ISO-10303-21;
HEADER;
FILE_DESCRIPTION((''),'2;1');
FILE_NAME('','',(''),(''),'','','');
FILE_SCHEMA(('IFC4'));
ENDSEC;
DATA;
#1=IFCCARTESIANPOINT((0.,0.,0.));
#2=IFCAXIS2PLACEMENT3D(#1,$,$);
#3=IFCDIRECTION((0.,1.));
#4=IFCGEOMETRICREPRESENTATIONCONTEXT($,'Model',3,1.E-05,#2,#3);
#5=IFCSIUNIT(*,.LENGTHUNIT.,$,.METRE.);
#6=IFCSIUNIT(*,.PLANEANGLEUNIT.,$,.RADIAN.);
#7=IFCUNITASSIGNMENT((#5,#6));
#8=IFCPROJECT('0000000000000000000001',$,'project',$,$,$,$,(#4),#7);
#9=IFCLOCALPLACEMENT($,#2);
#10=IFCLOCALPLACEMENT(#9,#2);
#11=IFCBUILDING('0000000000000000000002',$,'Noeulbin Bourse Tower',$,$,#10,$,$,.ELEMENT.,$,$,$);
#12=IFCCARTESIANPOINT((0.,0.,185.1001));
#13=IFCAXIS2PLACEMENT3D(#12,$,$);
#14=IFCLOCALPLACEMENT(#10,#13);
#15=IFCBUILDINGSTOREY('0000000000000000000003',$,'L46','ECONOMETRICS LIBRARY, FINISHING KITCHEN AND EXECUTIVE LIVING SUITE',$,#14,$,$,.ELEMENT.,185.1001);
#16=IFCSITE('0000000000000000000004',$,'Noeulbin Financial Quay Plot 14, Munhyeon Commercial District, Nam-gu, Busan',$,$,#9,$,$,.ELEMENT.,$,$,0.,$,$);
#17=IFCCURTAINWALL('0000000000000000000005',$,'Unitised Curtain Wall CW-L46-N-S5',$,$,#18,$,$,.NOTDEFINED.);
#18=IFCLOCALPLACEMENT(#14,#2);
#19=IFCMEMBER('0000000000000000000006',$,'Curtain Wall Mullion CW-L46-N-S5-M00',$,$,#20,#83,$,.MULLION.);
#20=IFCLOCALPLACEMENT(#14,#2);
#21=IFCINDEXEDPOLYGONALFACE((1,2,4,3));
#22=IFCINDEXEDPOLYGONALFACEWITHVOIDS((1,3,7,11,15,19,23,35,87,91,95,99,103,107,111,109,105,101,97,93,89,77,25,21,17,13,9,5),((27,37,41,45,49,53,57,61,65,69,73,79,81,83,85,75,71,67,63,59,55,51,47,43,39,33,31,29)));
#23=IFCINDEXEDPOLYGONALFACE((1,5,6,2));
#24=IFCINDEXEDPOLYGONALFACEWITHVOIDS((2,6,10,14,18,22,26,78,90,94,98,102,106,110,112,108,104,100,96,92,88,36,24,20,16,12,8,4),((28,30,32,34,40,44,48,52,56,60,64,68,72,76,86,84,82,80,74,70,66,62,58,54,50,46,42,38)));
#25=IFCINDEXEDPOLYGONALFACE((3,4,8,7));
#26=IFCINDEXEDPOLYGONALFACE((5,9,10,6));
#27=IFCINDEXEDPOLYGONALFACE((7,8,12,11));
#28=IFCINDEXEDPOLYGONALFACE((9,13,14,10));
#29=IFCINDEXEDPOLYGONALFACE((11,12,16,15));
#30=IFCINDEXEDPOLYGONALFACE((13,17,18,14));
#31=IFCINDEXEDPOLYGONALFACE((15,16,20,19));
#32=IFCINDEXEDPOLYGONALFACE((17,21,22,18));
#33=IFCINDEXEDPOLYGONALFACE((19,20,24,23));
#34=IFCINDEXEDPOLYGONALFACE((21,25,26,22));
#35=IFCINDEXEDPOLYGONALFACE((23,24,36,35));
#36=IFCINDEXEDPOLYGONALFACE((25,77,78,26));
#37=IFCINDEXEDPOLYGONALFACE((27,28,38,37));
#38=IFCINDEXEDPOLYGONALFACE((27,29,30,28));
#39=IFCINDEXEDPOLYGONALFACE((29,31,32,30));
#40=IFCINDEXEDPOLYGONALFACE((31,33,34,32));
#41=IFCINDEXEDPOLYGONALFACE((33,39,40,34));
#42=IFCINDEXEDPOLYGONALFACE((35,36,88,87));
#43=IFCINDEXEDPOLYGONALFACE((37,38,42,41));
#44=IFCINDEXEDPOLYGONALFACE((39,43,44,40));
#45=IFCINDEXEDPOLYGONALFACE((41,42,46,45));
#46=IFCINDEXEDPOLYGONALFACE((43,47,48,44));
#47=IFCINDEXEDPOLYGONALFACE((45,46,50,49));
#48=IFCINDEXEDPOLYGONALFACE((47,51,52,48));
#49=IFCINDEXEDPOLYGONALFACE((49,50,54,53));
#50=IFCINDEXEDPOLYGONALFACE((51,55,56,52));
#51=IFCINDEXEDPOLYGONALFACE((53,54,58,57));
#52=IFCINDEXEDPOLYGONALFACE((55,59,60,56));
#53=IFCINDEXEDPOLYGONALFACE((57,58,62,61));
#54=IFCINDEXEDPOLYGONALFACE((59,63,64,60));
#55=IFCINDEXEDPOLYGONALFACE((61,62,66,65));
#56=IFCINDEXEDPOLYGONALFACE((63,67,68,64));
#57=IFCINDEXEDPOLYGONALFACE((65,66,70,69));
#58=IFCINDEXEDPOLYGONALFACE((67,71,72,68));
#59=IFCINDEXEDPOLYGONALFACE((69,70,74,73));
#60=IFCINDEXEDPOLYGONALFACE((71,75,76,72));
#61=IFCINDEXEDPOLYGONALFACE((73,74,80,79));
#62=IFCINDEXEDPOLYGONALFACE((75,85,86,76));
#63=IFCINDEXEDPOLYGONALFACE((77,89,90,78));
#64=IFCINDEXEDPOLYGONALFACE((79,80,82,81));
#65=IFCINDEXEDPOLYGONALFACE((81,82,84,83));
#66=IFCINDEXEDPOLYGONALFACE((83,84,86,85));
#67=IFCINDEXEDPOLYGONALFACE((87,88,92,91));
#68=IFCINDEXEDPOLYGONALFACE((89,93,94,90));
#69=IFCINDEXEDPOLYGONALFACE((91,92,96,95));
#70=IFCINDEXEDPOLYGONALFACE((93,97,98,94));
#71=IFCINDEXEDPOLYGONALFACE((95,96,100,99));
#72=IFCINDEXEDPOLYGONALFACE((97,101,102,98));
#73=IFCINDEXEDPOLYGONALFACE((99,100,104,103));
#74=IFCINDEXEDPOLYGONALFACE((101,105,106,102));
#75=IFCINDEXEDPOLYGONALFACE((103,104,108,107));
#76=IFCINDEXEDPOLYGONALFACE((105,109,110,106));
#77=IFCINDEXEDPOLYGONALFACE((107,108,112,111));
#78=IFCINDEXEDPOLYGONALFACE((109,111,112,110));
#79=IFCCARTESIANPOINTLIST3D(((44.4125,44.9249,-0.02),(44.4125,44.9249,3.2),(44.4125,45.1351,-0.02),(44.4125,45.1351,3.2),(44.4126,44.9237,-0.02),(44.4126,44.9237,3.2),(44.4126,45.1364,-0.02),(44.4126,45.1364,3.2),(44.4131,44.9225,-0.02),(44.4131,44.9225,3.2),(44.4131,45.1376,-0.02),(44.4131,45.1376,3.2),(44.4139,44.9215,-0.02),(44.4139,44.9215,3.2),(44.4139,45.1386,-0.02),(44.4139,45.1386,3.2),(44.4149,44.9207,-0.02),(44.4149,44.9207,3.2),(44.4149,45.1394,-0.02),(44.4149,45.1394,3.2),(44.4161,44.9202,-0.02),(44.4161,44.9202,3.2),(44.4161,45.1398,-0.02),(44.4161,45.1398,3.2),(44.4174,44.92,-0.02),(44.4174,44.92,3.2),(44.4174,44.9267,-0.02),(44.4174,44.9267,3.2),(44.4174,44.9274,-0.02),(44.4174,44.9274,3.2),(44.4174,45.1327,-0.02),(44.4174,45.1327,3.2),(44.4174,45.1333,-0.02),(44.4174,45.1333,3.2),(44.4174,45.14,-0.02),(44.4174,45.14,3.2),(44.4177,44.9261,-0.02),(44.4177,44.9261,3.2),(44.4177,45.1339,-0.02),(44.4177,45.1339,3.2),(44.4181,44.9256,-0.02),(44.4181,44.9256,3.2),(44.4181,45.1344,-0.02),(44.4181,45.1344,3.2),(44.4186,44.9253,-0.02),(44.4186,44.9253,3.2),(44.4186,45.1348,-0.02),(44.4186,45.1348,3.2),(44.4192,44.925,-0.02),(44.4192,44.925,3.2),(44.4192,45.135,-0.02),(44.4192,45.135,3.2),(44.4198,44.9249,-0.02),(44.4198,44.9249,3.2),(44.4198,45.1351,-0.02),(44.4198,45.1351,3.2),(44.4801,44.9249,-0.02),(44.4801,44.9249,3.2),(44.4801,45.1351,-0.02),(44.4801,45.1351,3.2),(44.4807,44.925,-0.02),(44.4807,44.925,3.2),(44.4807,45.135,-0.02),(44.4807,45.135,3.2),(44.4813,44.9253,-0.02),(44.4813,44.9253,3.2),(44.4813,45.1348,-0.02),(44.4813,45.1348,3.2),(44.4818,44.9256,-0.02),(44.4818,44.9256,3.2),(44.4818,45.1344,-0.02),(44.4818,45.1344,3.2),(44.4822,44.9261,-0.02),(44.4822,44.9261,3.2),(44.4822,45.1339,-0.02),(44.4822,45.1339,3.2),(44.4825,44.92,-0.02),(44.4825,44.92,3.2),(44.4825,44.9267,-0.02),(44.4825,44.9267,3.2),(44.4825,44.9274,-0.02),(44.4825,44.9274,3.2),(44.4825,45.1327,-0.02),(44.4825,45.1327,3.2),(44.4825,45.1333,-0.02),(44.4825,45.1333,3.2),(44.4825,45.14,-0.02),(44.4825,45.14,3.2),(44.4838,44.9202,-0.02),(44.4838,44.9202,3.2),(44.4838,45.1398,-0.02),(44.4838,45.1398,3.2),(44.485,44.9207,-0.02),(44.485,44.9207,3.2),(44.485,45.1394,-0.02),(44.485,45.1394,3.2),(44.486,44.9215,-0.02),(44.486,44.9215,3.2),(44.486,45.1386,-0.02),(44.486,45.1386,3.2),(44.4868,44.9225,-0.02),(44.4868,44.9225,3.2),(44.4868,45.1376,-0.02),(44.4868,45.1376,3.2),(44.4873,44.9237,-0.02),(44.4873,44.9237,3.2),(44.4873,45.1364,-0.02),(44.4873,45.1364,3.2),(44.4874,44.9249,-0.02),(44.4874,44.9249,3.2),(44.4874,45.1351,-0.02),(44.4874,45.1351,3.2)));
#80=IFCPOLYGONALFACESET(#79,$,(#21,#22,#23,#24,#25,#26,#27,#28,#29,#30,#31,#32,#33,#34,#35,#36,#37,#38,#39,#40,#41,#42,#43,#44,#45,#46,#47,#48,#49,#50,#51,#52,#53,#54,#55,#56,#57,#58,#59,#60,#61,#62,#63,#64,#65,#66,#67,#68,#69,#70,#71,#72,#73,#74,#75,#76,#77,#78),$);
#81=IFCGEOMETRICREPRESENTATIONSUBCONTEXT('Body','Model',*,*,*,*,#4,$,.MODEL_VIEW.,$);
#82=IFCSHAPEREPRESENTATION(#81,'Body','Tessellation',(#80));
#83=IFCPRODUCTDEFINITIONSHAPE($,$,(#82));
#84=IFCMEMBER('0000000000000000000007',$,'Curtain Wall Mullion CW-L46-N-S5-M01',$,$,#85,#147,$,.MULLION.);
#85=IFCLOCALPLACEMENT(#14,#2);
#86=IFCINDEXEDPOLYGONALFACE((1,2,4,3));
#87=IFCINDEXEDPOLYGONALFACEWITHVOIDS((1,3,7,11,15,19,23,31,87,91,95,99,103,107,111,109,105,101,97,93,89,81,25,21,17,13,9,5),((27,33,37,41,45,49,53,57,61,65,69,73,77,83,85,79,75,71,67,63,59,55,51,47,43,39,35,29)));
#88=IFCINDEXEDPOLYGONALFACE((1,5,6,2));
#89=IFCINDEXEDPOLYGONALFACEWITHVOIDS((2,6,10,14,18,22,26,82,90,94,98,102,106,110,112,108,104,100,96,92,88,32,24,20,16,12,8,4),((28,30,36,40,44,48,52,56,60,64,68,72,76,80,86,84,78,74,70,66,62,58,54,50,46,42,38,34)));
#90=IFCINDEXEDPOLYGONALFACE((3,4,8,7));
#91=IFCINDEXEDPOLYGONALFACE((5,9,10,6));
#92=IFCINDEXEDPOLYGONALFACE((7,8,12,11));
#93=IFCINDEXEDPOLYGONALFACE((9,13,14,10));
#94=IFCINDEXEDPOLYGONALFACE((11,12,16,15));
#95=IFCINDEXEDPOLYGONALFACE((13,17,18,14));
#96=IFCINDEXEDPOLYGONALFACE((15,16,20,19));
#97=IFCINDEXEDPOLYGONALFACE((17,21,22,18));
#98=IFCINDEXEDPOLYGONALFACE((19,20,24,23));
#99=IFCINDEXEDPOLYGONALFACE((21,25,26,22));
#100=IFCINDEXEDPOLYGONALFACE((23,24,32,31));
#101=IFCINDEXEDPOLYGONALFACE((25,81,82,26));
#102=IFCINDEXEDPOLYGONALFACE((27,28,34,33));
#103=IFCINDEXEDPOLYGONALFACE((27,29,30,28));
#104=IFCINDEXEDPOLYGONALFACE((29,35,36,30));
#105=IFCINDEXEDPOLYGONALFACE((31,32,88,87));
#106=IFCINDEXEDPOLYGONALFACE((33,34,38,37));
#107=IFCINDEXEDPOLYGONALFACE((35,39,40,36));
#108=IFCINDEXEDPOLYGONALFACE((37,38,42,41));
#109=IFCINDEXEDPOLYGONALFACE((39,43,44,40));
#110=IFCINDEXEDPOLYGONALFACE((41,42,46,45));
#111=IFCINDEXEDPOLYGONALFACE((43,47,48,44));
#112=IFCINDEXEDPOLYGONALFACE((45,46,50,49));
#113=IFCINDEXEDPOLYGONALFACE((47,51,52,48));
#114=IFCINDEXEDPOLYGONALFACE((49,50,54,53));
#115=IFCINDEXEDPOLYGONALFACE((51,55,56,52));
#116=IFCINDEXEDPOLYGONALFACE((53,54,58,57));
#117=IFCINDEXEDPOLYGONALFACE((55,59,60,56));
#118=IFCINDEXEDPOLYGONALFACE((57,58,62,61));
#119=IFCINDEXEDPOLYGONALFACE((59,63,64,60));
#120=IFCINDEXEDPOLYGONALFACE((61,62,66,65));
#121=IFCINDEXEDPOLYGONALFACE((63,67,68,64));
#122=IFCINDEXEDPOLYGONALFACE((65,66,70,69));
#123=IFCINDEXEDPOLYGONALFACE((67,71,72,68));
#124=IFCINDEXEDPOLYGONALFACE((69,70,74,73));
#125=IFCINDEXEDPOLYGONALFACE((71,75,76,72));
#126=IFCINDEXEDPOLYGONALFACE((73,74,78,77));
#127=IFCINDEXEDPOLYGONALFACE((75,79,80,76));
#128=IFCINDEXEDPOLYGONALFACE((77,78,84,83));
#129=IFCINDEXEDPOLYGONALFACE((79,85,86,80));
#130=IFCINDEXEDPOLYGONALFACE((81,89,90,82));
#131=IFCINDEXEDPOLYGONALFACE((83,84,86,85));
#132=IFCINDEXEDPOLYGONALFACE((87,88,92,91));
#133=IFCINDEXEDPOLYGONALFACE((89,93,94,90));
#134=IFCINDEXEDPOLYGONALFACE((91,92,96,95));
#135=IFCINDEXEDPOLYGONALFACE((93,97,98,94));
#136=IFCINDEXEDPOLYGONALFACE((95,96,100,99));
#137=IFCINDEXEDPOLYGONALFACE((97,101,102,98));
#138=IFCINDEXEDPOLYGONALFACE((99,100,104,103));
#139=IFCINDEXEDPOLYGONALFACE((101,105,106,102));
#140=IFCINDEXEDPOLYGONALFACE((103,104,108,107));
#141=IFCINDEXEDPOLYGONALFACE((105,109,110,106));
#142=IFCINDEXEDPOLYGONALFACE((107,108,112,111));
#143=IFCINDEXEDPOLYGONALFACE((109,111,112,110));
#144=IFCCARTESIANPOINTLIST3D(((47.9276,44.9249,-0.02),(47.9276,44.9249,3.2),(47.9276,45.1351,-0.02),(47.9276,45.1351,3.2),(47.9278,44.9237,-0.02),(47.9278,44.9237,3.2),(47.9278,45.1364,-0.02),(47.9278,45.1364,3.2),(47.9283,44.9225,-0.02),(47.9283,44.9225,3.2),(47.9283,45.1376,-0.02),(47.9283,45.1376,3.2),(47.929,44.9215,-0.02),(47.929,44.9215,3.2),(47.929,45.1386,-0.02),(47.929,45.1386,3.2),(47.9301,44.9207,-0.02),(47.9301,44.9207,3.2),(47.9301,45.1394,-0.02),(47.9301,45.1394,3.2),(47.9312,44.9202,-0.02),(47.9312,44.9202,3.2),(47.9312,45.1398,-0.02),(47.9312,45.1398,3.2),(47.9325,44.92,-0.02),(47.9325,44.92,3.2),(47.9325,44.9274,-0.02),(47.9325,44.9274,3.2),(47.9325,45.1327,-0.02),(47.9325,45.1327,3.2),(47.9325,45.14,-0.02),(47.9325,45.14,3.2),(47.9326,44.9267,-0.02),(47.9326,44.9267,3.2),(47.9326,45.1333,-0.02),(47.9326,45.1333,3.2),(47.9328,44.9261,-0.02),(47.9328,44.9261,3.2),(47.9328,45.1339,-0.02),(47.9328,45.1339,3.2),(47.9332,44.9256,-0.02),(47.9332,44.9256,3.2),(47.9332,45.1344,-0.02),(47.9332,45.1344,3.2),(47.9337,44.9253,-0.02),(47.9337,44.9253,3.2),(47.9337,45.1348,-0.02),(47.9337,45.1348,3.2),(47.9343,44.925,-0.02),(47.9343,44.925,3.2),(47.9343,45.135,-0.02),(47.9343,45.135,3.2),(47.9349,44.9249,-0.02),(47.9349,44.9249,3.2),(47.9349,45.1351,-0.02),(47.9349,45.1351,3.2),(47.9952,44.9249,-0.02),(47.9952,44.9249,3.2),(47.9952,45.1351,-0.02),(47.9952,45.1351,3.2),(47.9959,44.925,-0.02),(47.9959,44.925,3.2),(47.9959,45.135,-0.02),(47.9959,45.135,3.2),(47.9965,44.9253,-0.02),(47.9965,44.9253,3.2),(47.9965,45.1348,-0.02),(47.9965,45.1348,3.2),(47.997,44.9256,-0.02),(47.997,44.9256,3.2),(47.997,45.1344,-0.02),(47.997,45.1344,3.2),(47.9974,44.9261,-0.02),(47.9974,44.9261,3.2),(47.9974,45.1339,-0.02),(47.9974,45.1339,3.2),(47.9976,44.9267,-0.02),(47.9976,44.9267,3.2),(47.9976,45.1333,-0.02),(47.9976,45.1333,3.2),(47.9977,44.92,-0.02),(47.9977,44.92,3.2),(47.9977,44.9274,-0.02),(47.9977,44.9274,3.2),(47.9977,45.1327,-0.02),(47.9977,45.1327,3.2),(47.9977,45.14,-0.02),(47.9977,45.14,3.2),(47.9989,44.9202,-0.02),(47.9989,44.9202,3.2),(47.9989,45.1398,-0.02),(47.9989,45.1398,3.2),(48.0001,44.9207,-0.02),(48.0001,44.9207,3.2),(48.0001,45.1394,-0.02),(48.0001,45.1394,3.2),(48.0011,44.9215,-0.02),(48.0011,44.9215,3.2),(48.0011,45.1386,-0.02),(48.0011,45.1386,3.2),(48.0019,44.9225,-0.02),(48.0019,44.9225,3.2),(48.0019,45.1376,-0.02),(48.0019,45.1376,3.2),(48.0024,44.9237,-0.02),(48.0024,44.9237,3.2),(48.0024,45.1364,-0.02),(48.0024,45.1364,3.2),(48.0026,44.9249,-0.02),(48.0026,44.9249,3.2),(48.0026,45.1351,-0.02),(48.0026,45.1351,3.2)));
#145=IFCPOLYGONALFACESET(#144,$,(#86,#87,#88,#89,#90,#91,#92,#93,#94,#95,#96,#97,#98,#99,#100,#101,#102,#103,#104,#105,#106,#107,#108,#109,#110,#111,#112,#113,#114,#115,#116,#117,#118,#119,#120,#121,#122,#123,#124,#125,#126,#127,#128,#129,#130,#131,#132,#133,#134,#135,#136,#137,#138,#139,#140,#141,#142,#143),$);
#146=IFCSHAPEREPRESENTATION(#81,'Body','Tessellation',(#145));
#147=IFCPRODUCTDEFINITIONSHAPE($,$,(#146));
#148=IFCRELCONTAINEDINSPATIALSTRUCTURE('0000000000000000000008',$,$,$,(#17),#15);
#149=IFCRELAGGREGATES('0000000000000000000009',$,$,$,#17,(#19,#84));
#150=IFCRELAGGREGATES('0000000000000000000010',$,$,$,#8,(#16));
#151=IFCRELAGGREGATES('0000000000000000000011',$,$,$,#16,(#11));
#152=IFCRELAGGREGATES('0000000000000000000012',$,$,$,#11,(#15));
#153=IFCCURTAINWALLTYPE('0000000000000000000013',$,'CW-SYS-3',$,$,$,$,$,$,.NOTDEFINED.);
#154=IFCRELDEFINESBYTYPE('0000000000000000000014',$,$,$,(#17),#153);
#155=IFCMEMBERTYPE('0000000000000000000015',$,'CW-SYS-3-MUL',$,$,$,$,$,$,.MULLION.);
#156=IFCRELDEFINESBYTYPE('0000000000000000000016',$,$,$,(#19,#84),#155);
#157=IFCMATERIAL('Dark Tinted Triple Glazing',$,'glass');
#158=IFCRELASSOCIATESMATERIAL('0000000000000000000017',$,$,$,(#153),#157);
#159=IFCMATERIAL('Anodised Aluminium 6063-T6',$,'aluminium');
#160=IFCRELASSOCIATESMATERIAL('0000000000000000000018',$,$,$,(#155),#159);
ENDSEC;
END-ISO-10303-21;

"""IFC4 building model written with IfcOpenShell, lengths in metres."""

from ifc_helpers import new_model, si_unit, direction, frame, origin, origin_2d, place, context, subcontext, project, spatial, hollow_rectangle, extrude, material, material_profile, profile_set, type_object, element, aggregate, save


model = new_model("IFC4")

# Units and contexts
model_context = context("Model", 3, precision=1e-05, world=origin(), true_north=direction((0.0, 1.0)))
body_context = subcontext(model_context, "Body", "Model", "MODEL_VIEW")
ifc_project = project(units=[si_unit("LENGTHUNIT", "METRE"), si_unit("PLANEANGLEUNIT", "RADIAN")], contexts=[model_context])

# Site, building, storey
site_placement = place(None, origin())
site = spatial("IfcSite", under=ifc_project, at=site_placement, Name="Noeulbin Financial Quay Plot 14, Munhyeon Commercial District, Nam-gu, Busan", CompositionType="ELEMENT", RefElevation=0.0)
building_placement = place(site_placement, origin())
building = spatial("IfcBuilding", under=site, at=building_placement, Name="Noeulbin Bourse Tower", CompositionType="ELEMENT")
storey_placement = place(building_placement, frame((0.0, 0.0, 185.1001)))
storey = spatial("IfcBuildingStorey", under=building, at=storey_placement, Name="L46", Description="ECONOMETRICS LIBRARY, FINISHING KITCHEN AND EXECUTIVE LIVING SUITE", CompositionType="ELEMENT", Elevation=185.1001)

# Shared definitions
ifc_material_1 = material(Name="Dark Tinted Triple Glazing", Category="glass")
curtain_wall_type = type_object("IfcCurtainWallType", Name="CW-SYS-3", PredefinedType="NOTDEFINED", material=ifc_material_1)
ifc_material_2 = material(Name="Anodised Aluminium 6063-T6", Category="aluminium")
ifc_material_profile_1 = material_profile(ifc_material_2, hollow_rectangle(XDim=0.075, YDim=0.22, WallThickness=0.0049, InnerFilletRadius=0.0024, OuterFilletRadius=0.0049, at=origin_2d()), Name="ALU-MULL-75x220x5", Category="LoadBearing")
ifc_profile_set_1 = profile_set([ifc_material_profile_1], Name="Anodised Aluminium 6063-T6")
member_type_1 = type_object("IfcMemberType", Name="CW-SYS-3-MUL", PredefinedType="MULLION", material=ifc_profile_set_1)

# Curtain wall, members
curtain_wall_1_placement = place(storey_placement, origin())
curtain_wall_1 = element("IfcCurtainWall", 1, at=curtain_wall_1_placement, inside=storey, type_object=curtain_wall_type, Name="Unitised Curtain Wall CW-L46-N-S5", PredefinedType="NOTDEFINED")
member_1_placement = place(storey_placement, frame((44.45, 45.03, -0.02), z_axis=(0.0, 0.0, 1.0), x_axis=(1.0, 0.0, 0.0)))
member_1 = element("IfcMember", 2, at=member_1_placement, type_object=member_type_1, Name="Curtain Wall Mullion CW-L46-N-S5-M00", PredefinedType="MULLION", context=body_context, shape_type="SweptSolid", body=[
    extrude(hollow_rectangle(XDim=0.075, YDim=0.22, WallThickness=0.0049, InnerFilletRadius=0.0024, OuterFilletRadius=0.0049, at=origin_2d()), origin(), (0.0, 0.0, 1.0), 3.22),
])
member_2_placement = place(storey_placement, frame((47.9651, 45.03, -0.02), z_axis=(0.0, 0.0, 1.0), x_axis=(1.0, 0.0, 0.0)))
member_2 = element("IfcMember", 3, at=member_2_placement, type_object=member_type_1, Name="Curtain Wall Mullion CW-L46-N-S5-M01", PredefinedType="MULLION", context=body_context, shape_type="SweptSolid", body=[
    extrude(hollow_rectangle(XDim=0.075, YDim=0.22, WallThickness=0.0049, InnerFilletRadius=0.0024, OuterFilletRadius=0.0049, at=origin_2d()), origin(), (0.0, 0.0, 1.0), 3.22),
])

aggregate(curtain_wall_1, [member_1, member_2])

save(model, "model.ifc")
